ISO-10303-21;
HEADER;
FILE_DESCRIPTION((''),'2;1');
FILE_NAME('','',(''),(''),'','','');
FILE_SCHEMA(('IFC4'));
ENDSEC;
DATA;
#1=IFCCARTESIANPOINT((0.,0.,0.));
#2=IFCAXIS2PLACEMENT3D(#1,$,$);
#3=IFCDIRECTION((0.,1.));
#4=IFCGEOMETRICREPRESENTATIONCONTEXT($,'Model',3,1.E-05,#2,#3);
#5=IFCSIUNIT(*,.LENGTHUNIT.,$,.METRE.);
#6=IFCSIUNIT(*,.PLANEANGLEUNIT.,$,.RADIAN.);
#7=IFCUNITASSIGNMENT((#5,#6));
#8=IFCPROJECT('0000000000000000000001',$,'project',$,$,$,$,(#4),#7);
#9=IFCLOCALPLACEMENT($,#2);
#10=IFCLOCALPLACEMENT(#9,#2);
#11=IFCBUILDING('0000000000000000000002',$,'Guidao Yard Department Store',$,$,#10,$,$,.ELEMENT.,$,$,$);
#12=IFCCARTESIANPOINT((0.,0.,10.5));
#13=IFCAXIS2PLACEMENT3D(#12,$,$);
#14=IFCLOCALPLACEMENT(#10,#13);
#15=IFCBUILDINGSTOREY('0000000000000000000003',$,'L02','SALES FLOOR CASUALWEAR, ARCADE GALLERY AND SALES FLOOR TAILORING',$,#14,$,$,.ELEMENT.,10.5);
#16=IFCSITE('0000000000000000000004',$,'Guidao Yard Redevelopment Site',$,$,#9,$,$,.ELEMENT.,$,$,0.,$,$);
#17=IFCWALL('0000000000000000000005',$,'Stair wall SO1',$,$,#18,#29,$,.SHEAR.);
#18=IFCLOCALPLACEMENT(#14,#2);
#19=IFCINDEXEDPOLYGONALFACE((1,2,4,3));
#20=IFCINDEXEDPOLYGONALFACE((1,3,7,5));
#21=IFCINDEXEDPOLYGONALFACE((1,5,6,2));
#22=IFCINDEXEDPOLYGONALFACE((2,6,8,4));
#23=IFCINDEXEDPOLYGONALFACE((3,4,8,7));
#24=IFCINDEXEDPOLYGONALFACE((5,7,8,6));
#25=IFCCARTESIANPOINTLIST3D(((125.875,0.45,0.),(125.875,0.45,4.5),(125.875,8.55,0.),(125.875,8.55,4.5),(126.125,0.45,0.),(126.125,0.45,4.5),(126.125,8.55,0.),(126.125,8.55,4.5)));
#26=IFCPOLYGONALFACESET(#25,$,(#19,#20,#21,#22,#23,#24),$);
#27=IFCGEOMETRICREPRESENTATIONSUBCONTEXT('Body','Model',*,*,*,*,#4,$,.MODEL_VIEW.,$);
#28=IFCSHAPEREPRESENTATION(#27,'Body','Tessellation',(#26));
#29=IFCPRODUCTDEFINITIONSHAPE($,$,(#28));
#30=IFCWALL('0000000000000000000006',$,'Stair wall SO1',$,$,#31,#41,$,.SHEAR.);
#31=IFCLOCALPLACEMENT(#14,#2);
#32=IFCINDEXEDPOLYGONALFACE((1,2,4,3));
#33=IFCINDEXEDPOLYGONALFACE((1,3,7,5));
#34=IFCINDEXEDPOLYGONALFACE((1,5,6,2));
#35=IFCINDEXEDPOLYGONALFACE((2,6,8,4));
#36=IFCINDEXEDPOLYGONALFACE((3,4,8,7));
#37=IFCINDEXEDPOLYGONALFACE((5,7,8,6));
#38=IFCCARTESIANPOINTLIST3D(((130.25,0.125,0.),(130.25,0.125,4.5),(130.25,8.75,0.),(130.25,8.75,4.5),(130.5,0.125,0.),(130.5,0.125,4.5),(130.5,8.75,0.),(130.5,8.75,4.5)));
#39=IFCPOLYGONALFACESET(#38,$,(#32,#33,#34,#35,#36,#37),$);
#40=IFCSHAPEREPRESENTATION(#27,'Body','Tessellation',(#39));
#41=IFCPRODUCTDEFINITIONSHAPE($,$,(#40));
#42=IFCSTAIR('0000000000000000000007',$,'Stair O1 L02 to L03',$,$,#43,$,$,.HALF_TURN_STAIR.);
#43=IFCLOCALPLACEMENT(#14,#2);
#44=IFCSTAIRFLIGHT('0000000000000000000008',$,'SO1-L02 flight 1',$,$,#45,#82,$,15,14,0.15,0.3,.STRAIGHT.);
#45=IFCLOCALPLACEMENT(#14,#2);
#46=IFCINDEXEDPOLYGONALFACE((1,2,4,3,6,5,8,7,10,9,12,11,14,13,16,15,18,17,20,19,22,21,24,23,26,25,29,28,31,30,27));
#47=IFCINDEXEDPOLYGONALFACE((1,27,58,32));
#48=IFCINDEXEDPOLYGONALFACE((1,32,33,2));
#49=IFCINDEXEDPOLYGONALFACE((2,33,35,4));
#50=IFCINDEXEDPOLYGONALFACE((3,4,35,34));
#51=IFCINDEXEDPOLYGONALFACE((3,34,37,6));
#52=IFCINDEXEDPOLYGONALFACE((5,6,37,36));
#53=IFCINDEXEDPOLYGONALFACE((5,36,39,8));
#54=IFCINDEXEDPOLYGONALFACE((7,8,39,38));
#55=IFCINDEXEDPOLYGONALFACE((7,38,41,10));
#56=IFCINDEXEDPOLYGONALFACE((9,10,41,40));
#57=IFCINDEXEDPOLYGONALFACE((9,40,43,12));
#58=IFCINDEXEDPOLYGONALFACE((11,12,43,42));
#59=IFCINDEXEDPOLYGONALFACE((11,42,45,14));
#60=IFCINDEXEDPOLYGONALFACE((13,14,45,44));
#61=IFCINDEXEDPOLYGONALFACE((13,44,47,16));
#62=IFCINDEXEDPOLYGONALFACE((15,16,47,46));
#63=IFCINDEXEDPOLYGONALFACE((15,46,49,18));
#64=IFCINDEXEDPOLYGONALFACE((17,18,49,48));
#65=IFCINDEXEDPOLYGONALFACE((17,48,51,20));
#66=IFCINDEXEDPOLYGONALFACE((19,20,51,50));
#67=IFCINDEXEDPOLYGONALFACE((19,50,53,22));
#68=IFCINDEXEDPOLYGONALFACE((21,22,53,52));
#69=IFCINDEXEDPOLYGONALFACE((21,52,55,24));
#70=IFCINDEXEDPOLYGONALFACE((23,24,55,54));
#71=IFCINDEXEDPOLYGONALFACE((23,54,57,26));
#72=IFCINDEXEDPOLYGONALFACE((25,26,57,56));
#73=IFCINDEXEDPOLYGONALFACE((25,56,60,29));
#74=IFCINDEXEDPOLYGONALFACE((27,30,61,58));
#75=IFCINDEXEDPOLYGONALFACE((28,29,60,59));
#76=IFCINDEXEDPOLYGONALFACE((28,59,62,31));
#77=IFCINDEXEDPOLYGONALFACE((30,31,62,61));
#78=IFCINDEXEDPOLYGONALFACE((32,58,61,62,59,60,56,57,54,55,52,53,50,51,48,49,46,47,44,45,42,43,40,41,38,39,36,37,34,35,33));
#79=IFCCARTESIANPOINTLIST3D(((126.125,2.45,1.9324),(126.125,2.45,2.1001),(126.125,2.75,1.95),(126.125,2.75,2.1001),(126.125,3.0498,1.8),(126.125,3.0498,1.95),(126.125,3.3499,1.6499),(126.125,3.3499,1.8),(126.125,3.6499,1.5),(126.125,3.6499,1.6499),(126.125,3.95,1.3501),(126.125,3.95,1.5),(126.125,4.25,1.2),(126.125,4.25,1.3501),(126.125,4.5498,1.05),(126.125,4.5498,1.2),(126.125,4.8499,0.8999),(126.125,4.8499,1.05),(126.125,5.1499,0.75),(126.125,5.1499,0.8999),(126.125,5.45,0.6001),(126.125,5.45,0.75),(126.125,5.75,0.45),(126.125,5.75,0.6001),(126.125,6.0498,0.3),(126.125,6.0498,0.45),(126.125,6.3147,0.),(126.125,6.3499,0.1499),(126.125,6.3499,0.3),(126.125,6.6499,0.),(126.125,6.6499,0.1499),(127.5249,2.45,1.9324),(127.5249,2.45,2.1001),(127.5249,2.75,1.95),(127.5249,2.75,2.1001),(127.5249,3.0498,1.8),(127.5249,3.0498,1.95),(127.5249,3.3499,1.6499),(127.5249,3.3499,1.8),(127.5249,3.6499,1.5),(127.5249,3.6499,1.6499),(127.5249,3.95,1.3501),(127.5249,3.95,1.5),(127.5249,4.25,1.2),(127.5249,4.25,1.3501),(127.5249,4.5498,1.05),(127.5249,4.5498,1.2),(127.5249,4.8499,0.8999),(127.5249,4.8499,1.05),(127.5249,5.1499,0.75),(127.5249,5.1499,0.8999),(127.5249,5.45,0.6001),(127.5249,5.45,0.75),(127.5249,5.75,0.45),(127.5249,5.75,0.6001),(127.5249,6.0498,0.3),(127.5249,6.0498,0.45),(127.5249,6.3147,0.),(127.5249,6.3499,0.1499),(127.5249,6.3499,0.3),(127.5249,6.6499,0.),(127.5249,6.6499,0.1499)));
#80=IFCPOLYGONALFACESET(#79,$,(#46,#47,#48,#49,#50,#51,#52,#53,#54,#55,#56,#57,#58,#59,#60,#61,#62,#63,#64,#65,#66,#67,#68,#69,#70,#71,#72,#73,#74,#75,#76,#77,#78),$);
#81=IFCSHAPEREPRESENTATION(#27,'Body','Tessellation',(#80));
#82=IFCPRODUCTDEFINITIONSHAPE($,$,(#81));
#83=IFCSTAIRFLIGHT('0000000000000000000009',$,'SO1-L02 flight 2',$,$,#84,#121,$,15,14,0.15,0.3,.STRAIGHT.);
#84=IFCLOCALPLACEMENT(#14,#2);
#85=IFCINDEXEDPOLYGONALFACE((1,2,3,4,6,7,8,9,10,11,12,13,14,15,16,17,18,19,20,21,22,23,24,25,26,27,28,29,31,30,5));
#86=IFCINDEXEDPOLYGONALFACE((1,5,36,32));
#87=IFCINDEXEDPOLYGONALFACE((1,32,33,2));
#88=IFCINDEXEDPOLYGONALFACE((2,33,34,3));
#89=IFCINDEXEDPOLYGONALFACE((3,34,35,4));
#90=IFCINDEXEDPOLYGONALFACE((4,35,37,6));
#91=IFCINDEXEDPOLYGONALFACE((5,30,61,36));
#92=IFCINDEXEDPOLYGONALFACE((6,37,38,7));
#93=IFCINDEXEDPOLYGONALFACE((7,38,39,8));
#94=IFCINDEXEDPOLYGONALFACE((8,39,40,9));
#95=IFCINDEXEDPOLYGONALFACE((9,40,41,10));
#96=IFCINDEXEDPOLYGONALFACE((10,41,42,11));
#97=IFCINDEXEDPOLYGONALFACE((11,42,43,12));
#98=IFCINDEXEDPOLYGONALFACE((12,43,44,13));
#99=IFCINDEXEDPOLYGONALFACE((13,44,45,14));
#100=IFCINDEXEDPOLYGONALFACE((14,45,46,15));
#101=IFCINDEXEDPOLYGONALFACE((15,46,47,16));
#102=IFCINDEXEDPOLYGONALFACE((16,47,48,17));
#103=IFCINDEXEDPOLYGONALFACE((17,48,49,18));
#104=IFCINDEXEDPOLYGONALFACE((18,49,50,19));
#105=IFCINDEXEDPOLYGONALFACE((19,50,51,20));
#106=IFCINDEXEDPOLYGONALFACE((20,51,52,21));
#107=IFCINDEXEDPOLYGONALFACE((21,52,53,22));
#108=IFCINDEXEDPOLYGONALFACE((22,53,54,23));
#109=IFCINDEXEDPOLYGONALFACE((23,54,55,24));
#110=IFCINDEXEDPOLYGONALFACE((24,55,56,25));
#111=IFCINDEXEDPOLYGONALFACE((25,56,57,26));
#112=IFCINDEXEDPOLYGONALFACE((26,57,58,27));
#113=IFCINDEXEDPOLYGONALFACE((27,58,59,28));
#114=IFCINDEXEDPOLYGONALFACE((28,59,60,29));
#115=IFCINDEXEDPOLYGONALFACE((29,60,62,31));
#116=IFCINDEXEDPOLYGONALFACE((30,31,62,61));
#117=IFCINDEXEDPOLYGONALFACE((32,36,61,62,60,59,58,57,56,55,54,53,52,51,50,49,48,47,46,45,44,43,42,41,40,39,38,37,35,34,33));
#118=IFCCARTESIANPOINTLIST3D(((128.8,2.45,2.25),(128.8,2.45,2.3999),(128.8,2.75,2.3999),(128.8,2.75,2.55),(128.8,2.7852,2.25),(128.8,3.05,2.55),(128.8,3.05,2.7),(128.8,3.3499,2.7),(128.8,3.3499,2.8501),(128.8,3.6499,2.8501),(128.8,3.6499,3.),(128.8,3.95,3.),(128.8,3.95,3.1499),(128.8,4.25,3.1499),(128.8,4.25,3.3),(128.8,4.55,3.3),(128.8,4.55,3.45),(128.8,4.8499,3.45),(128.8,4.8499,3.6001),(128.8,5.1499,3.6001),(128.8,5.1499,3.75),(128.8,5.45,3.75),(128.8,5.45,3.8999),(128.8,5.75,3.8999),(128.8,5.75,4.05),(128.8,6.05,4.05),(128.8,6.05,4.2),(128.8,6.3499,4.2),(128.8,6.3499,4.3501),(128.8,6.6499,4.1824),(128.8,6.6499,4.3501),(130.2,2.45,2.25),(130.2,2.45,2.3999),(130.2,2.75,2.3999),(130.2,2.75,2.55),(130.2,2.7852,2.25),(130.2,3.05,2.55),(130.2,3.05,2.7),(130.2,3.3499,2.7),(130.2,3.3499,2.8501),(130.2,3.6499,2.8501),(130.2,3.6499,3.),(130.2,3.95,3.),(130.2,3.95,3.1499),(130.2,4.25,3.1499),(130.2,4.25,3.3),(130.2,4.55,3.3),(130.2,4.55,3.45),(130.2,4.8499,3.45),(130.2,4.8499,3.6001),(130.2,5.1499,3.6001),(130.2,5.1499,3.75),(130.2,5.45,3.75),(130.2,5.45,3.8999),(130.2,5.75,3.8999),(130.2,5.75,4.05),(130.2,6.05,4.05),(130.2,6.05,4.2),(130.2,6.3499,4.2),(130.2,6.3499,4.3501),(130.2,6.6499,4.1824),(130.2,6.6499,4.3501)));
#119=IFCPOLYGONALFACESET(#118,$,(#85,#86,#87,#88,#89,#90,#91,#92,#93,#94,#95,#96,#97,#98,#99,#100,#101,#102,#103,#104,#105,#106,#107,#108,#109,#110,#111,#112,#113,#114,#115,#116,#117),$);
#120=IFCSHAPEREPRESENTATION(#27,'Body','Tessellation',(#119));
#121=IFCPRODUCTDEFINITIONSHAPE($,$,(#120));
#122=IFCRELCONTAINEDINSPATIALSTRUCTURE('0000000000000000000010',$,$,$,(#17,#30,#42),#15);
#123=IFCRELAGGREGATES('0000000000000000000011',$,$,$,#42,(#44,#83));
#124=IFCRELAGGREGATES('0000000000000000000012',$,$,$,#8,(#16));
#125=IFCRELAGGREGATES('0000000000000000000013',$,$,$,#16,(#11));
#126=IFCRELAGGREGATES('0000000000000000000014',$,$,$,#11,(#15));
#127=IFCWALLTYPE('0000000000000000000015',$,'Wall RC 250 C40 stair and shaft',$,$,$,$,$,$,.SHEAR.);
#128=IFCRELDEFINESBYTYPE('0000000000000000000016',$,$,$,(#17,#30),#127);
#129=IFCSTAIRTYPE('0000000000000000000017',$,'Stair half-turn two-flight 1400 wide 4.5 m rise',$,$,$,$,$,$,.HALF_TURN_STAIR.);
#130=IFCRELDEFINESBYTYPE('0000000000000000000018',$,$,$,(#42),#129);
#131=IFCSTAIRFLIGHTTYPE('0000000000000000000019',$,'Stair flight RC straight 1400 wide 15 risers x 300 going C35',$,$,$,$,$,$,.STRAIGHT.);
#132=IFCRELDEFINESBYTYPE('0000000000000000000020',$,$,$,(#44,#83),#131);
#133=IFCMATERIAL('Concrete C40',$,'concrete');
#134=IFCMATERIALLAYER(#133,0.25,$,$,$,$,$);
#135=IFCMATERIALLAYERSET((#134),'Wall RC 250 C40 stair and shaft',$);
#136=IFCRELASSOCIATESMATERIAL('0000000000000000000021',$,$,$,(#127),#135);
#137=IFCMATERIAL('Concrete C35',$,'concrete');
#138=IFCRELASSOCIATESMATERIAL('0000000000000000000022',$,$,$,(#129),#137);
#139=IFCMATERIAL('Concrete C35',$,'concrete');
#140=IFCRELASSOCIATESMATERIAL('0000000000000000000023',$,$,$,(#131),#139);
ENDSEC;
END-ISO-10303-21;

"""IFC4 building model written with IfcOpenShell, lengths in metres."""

from ifc_helpers import new_model, si_unit, direction, frame, frame_2d, origin, place, context, subcontext, project, spatial, polyline, rectangle, outline, extrude, material, layer, layer_set, type_object, element, aggregate, save


model = new_model("IFC4")

# Units and contexts
model_context = context("Model", 3, precision=1e-05, world=origin(), true_north=direction((0.0, 1.0)))
body_context = subcontext(model_context, "Body", "Model", "MODEL_VIEW")
ifc_project = project(units=[si_unit("LENGTHUNIT", "METRE"), si_unit("PLANEANGLEUNIT", "RADIAN")], contexts=[model_context])

# Site, building, storey
site_placement = place(None, origin())
site = spatial("IfcSite", under=ifc_project, at=site_placement, Name="Guidao Yard Redevelopment Site", CompositionType="ELEMENT", RefElevation=0.0)
building_placement = place(site_placement, origin())
building = spatial("IfcBuilding", under=site, at=building_placement, Name="Guidao Yard Department Store", CompositionType="ELEMENT")
storey_placement = place(building_placement, frame((0.0, 0.0, 10.5)))
storey = spatial("IfcBuildingStorey", under=building, at=storey_placement, Name="L02", Description="SALES FLOOR CASUALWEAR, ARCADE GALLERY AND SALES FLOOR TAILORING", CompositionType="ELEMENT", Elevation=10.5)

# Shared definitions
ifc_material_1 = material(Name="Concrete C40", Category="concrete")
ifc_layer_1 = layer(ifc_material_1, 0.25)
ifc_layer_set_1 = layer_set([ifc_layer_1], Name="Wall RC 250 C40 stair and shaft")
wall_type_1 = type_object("IfcWallType", Name="Wall RC 250 C40 stair and shaft", PredefinedType="SHEAR", material=ifc_layer_set_1)

# Walls
wall_1_placement = place(storey_placement, frame((126.0, 0.45, 0.0), z_axis=(0.0, 0.0, 1.0), x_axis=(0.0, 1.0, 0.0)))
element("IfcWall", 1, at=wall_1_placement, inside=storey, type_object=wall_type_1, Name="Stair wall SO1", PredefinedType="SHEAR", context=body_context, shape_type="SweptSolid", body=[
    extrude(rectangle(XDim=8.1001, YDim=0.25, at=frame_2d((4.05, 0.0))), origin(), (0.0, 0.0, 1.0), 4.5),
])
wall_2_placement = place(storey_placement, frame((130.375, 0.125, 0.0), z_axis=(0.0, 0.0, 1.0), x_axis=(0.0, 1.0, 0.0)))
element("IfcWall", 2, at=wall_2_placement, inside=storey, type_object=wall_type_1, Name="Stair wall SO1", PredefinedType="SHEAR", context=body_context, shape_type="SweptSolid", body=[
    extrude(rectangle(XDim=8.625, YDim=0.25, at=frame_2d((4.3125, 0.0))), origin(), (0.0, 0.0, 1.0), 4.5),
])

# Stair, stair flights
ifc_material_2 = material(Name="Concrete C35", Category="concrete")
stair_type = type_object("IfcStairType", Name="Stair half-turn two-flight 1400 wide 4.5 m rise", PredefinedType="HALF_TURN_STAIR", material=ifc_material_2)
stair_placement = place(storey_placement, origin())
stair = element("IfcStair", 3, at=stair_placement, inside=storey, type_object=stair_type, Name="Stair O1 L02 to L03", PredefinedType="HALF_TURN_STAIR")
ifc_material_3 = material(Name="Concrete C35", Category="concrete")
stair_flight_type = type_object("IfcStairFlightType", Name="Stair flight RC straight 1400 wide 15 risers x 300 going C35", PredefinedType="STRAIGHT", material=ifc_material_3)
stair_flight_1_placement = place(storey_placement, frame((126.825, 6.6499, 0.0), z_axis=(0.0, 0.0, 1.0), x_axis=(0.0, -1.0, 0.0)))
stair_flight_1 = element("IfcStairFlight", 4, at=stair_flight_1_placement, type_object=stair_flight_type, Name="SO1-L02 flight 1", NumberOfRisers=15, NumberOfTreads=14, PredefinedType="STRAIGHT", RiserHeight=0.15, TreadLength=0.3, context=body_context, shape_type="SweptSolid", body=[
    extrude(outline(polyline([(0.0, 0.0), (0.0, 0.1499), (0.3, 0.1499), (0.3, 0.3), (0.6001, 0.3), (0.6001, 0.45), (0.8999, 0.45), (0.8999, 0.6001), (1.2, 0.6001), (1.2, 0.75), (1.5, 0.75), (1.5, 0.8999), (1.8, 0.8999), (1.8, 1.05), (2.1001, 1.05), (2.1001, 1.2), (2.3999, 1.2), (2.3999, 1.3501), (2.7, 1.3501), (2.7, 1.5), (3.0, 1.5), (3.0, 1.6499), (3.3, 1.6499), (3.3, 1.8), (3.6001, 1.8), (3.6001, 1.95), (3.8999, 1.95), (3.8999, 2.1001), (4.2, 2.1001), (4.2, 2.25), (4.2, 1.9324), (0.3352, 0.0), (0.0, 0.0)])), frame((0.0, 0.7, 0.0), z_axis=(0.0, -1.0, 0.0), x_axis=(1.0, 0.0, 0.0)), (0.0, 0.0, 1.0), 1.3999),
])
stair_flight_2_placement = place(storey_placement, frame((129.5, 2.45, 2.25), z_axis=(0.0, 0.0, 1.0), x_axis=(0.0, 1.0, 0.0)))
stair_flight_2 = element("IfcStairFlight", 5, at=stair_flight_2_placement, type_object=stair_flight_type, Name="SO1-L02 flight 2", NumberOfRisers=15, NumberOfTreads=14, PredefinedType="STRAIGHT", RiserHeight=0.15, TreadLength=0.3, context=body_context, shape_type="SweptSolid", body=[
    extrude(outline(polyline([(0.0, 0.0), (0.0, 0.1499), (0.3, 0.1499), (0.3, 0.3), (0.6001, 0.3), (0.6001, 0.45), (0.8999, 0.45), (0.8999, 0.6001), (1.2, 0.6001), (1.2, 0.75), (1.5, 0.75), (1.5, 0.8999), (1.8, 0.8999), (1.8, 1.05), (2.1001, 1.05), (2.1001, 1.2), (2.3999, 1.2), (2.3999, 1.3501), (2.7, 1.3501), (2.7, 1.5), (3.0, 1.5), (3.0, 1.6499), (3.3, 1.6499), (3.3, 1.8), (3.6001, 1.8), (3.6001, 1.95), (3.8999, 1.95), (3.8999, 2.1001), (4.2, 2.1001), (4.2, 2.25), (4.2, 1.9324), (0.3352, 0.0), (0.0, 0.0)])), frame((0.0, 0.7, 0.0), z_axis=(0.0, -1.0, 0.0), x_axis=(1.0, 0.0, 0.0)), (0.0, 0.0, 1.0), 1.3999),
])
aggregate(stair, [stair_flight_1, stair_flight_2])

save(model, "model.ifc")
